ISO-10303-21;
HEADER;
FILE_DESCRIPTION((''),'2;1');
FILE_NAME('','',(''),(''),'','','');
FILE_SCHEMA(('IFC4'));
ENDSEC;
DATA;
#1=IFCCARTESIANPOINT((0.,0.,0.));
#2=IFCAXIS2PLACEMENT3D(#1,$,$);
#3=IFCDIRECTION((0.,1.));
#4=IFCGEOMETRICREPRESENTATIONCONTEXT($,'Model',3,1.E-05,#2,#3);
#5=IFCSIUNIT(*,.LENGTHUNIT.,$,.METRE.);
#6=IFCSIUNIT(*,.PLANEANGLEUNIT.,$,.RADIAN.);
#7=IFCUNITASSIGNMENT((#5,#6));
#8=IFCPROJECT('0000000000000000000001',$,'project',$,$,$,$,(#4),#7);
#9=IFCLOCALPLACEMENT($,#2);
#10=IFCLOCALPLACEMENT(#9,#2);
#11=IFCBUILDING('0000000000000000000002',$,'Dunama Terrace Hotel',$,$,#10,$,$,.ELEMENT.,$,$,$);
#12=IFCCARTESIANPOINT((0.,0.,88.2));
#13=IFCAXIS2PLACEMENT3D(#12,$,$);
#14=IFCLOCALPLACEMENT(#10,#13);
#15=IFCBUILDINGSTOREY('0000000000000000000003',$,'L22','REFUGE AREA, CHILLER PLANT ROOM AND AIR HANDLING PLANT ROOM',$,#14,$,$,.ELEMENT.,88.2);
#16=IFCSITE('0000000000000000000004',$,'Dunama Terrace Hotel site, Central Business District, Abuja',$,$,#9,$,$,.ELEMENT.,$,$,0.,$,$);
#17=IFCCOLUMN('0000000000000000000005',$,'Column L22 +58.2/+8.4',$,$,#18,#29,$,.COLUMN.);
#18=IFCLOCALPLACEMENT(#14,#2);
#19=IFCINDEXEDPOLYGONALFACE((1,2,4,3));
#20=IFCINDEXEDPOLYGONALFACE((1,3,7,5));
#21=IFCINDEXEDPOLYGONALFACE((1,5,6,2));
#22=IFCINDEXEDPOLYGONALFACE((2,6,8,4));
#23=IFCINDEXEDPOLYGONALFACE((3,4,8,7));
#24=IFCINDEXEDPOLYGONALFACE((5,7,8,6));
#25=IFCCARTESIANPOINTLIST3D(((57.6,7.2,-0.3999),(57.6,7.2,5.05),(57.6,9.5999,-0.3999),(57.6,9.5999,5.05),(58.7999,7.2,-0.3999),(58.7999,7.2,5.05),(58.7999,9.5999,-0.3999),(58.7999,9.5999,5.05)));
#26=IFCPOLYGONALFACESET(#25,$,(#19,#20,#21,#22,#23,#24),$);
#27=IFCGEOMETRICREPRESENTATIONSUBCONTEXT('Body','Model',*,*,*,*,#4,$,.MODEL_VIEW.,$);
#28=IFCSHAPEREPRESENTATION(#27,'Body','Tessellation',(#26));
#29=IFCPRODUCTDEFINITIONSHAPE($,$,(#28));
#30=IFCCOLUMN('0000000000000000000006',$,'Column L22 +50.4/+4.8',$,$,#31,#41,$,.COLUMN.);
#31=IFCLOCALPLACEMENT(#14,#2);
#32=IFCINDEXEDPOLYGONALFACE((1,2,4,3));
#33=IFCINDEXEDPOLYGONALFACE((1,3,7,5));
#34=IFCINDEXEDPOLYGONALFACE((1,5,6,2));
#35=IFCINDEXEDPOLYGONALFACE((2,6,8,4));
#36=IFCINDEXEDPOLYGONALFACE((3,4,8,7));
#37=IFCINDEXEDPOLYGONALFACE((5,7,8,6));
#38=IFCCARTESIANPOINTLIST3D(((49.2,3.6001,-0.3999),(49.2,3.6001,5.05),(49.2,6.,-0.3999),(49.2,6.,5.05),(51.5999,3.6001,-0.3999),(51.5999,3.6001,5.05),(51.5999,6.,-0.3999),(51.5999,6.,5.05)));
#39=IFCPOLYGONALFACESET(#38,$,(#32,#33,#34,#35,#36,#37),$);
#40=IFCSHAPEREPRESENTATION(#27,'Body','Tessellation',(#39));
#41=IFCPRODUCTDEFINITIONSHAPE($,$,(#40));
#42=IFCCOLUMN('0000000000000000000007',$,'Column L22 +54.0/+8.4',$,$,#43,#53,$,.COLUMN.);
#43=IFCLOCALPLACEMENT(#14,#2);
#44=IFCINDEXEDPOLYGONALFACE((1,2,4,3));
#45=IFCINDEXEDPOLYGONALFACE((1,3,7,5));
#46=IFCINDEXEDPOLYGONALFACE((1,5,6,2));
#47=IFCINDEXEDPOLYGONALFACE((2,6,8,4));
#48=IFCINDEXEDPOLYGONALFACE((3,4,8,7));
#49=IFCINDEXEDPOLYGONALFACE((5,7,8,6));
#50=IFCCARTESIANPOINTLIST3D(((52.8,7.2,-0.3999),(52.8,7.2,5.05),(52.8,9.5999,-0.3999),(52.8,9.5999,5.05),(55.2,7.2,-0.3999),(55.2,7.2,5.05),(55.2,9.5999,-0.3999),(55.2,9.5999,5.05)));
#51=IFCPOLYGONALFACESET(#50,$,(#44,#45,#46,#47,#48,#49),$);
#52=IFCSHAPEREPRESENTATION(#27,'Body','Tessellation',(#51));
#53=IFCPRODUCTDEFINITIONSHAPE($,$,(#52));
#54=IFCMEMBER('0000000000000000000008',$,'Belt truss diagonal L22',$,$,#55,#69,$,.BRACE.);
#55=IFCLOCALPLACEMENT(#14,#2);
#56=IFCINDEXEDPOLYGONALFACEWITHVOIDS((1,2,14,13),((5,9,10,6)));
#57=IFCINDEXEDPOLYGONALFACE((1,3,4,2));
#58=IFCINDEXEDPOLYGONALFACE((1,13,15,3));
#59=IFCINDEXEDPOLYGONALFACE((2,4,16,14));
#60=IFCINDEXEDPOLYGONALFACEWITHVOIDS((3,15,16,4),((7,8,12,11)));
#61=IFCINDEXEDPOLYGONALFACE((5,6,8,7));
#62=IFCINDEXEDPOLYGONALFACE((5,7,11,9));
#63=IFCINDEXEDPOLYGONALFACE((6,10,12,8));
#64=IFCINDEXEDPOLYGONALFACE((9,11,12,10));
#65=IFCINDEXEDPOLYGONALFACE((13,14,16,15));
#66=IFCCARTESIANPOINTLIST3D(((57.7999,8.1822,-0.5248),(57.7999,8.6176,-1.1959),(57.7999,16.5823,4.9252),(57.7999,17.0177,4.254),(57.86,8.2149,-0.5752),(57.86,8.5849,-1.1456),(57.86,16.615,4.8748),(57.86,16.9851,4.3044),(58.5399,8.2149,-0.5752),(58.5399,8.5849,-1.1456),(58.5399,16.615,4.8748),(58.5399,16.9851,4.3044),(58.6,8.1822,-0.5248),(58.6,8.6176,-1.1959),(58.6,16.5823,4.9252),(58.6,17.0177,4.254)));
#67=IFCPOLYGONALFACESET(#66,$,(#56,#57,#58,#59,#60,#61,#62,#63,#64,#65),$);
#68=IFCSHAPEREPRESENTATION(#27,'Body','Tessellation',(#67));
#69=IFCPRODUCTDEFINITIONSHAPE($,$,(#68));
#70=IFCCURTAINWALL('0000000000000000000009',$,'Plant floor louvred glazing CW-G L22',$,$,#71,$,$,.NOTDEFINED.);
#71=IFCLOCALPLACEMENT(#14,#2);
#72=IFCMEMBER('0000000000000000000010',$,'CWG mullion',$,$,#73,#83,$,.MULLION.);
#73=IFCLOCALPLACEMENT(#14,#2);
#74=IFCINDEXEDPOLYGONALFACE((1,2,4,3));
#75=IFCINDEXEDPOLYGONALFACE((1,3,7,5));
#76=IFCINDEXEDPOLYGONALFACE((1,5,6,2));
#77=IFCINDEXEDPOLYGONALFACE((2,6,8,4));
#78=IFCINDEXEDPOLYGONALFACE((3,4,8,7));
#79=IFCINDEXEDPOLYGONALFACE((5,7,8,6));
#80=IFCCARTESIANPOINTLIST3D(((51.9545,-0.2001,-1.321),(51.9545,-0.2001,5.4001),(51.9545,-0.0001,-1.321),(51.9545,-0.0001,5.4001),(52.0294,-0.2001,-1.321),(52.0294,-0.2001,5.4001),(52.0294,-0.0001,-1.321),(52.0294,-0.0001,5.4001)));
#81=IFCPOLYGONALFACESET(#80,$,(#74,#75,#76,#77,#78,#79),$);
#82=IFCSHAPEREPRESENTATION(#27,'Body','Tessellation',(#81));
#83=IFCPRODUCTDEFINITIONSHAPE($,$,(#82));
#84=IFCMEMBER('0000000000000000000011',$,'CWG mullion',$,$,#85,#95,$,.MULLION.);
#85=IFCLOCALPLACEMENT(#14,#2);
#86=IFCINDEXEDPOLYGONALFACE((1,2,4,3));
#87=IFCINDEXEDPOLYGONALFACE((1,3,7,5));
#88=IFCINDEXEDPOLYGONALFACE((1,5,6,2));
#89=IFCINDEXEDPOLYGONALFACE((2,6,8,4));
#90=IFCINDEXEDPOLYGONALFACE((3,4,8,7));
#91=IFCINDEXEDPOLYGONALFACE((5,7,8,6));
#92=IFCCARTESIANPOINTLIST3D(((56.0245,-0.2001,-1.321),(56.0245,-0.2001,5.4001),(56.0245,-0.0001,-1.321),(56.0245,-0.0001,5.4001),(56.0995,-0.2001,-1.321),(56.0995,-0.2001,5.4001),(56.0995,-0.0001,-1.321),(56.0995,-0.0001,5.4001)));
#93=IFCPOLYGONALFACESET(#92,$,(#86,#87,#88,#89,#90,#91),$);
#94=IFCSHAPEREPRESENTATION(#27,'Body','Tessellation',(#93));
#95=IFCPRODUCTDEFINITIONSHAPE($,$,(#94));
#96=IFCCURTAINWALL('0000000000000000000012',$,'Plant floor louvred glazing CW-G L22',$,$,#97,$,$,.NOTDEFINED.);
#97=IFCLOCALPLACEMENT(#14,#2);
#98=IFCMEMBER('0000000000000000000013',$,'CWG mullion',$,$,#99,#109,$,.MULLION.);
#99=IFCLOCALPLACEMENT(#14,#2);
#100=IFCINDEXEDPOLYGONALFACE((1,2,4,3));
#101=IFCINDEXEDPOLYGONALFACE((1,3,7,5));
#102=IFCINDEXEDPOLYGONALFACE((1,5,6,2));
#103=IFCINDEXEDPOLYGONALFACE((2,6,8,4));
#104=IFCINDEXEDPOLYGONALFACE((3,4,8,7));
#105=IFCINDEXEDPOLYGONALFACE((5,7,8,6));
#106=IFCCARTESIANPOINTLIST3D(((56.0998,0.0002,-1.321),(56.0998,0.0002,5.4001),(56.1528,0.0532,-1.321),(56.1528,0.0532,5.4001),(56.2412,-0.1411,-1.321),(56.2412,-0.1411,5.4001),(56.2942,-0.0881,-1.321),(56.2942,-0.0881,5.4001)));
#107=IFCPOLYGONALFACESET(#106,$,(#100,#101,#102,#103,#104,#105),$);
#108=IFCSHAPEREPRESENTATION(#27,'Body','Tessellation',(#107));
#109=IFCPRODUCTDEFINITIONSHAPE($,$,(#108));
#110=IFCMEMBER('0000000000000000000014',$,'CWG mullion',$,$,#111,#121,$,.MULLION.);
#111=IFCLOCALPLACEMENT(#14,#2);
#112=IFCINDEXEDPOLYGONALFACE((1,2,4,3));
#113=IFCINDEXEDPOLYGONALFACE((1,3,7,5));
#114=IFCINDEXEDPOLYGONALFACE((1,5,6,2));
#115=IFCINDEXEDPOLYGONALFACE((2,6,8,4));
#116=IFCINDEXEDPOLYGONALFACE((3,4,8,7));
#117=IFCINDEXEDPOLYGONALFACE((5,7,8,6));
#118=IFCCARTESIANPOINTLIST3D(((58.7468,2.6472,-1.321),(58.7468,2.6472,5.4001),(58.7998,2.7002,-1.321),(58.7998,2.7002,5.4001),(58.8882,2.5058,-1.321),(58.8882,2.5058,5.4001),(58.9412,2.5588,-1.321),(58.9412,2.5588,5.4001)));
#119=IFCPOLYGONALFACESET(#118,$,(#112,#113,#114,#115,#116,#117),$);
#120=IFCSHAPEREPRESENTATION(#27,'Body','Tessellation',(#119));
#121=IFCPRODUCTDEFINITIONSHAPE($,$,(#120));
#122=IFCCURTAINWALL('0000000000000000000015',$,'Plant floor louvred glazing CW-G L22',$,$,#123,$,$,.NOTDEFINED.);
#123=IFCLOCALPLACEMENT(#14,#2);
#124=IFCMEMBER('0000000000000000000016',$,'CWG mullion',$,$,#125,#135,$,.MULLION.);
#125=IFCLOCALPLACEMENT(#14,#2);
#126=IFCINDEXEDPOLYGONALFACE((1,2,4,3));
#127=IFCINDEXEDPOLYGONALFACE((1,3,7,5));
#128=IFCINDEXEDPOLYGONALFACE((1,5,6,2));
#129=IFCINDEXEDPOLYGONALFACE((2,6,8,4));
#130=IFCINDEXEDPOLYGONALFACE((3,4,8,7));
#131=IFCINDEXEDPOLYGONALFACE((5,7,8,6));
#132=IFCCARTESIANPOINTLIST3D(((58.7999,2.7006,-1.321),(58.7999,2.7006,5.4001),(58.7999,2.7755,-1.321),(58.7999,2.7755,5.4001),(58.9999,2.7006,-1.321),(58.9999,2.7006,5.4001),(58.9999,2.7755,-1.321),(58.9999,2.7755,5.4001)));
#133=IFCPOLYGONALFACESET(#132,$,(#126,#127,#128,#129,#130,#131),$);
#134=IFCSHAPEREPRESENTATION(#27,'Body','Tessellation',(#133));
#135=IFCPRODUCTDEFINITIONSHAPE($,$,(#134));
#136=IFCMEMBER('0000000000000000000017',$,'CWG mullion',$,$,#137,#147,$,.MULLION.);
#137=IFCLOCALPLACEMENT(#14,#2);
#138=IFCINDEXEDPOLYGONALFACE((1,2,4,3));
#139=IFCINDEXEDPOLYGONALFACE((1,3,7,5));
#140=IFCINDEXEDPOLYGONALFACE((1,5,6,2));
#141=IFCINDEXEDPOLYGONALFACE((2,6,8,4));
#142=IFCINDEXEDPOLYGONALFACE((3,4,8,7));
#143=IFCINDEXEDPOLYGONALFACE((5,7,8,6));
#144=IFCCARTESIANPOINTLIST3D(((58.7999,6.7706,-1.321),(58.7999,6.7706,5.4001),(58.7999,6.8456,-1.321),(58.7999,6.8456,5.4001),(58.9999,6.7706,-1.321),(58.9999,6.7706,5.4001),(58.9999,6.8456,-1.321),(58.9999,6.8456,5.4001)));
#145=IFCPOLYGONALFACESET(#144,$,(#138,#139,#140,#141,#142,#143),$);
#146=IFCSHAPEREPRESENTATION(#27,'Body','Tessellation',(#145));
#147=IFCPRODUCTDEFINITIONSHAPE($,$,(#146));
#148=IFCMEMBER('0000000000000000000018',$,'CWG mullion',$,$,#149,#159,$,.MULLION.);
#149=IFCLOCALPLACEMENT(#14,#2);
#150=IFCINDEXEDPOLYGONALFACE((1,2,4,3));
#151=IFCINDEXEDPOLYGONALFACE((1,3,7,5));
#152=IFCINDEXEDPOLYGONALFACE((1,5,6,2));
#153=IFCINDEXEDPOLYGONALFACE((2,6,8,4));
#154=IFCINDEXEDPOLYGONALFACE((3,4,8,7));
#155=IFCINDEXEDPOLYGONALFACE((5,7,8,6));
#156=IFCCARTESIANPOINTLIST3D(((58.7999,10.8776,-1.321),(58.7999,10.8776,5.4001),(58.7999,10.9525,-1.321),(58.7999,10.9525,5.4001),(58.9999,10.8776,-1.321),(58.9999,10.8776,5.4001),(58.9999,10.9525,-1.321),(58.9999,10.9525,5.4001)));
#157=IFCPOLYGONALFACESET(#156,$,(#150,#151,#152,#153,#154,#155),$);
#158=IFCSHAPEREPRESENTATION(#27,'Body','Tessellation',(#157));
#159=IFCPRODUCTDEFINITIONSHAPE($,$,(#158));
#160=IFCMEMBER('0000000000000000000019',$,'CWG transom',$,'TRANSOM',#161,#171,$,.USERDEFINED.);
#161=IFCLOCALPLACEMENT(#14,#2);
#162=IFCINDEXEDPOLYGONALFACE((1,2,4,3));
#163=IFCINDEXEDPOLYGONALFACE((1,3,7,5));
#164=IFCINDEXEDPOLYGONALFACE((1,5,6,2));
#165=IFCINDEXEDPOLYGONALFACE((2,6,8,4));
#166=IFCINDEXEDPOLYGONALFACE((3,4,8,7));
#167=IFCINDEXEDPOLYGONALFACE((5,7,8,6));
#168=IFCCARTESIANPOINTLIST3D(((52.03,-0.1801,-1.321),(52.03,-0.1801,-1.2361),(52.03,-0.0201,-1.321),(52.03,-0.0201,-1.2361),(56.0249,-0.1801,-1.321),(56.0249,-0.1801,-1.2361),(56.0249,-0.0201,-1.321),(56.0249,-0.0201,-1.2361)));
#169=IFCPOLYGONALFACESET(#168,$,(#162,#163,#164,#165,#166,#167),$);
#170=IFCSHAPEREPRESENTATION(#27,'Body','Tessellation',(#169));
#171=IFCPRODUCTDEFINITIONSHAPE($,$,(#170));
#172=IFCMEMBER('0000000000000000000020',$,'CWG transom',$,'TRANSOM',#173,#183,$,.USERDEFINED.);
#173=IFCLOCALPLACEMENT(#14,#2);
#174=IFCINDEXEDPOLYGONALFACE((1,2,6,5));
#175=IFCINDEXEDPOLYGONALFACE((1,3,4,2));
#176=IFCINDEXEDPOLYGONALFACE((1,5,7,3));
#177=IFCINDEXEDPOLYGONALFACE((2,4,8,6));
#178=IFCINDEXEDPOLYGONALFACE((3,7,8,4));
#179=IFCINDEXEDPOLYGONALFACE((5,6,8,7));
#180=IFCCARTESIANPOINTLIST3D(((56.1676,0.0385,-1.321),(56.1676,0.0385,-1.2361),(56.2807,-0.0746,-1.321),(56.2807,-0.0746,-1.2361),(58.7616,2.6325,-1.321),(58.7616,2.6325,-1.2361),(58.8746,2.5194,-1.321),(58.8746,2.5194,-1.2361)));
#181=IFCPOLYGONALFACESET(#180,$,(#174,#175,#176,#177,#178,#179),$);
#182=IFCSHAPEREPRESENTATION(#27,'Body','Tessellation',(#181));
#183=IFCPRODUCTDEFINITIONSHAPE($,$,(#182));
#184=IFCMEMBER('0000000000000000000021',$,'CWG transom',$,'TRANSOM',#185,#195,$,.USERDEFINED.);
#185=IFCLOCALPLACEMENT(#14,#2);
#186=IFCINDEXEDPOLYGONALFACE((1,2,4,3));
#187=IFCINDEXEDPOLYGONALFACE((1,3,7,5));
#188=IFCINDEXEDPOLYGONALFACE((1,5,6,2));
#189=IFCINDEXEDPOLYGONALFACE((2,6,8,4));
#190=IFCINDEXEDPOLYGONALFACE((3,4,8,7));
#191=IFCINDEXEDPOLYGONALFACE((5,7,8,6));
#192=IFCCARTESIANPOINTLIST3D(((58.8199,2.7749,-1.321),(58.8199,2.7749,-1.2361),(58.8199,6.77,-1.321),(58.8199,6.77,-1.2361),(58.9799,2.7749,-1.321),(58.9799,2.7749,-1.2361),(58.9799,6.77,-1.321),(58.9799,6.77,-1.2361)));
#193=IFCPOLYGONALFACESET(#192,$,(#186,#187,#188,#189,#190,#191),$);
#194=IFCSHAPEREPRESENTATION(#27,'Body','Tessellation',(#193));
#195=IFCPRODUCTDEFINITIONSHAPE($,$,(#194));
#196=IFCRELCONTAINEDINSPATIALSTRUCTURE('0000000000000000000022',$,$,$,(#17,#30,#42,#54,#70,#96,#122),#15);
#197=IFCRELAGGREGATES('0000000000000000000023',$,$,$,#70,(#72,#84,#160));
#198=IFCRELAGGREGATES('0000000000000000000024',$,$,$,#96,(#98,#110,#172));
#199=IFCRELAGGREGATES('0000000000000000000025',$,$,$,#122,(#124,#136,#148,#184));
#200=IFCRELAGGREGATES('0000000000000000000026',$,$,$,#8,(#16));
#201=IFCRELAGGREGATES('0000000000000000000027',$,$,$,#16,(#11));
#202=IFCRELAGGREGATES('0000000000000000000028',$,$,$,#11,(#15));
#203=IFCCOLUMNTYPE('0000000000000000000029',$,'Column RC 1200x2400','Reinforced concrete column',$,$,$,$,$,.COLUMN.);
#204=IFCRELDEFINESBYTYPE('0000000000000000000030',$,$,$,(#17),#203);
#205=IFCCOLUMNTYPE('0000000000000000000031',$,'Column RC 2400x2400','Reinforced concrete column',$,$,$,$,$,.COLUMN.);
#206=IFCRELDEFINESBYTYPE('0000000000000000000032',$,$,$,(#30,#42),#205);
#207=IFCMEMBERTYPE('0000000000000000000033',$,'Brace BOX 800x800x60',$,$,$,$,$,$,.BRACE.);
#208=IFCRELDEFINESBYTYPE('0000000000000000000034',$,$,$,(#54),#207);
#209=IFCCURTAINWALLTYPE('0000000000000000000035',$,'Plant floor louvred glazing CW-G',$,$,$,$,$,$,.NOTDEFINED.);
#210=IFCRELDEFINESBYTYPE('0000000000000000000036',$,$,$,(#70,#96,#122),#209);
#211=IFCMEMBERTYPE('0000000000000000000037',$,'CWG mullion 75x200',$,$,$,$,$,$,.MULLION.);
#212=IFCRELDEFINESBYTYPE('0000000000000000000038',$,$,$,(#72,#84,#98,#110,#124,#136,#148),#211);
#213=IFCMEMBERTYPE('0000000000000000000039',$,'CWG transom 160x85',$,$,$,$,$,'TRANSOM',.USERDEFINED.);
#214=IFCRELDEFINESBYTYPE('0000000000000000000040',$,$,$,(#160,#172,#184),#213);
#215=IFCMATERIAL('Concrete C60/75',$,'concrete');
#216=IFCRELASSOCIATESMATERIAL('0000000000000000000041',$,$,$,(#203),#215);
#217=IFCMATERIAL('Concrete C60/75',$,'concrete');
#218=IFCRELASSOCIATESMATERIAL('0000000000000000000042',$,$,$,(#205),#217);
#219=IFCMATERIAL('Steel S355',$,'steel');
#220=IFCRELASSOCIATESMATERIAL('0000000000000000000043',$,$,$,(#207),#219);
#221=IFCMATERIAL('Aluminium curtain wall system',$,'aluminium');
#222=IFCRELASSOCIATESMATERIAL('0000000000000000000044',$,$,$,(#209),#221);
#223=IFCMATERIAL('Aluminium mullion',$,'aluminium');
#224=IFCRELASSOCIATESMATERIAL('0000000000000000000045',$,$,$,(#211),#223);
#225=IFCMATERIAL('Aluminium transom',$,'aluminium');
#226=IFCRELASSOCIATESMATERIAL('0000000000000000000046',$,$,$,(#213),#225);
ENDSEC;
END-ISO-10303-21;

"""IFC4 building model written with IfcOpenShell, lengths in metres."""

from ifc_helpers import new_model, si_unit, direction, frame, origin, origin_2d, place, context, subcontext, project, spatial, rectangle, hollow_rectangle, extrude, material, material_profile, profile_set, type_object, element, aggregate, save


model = new_model("IFC4")

# Units and contexts
model_context = context("Model", 3, precision=1e-05, world=origin(), true_north=direction((0.0, 1.0)))
body_context = subcontext(model_context, "Body", "Model", "MODEL_VIEW")
ifc_project = project(units=[si_unit("LENGTHUNIT", "METRE"), si_unit("PLANEANGLEUNIT", "RADIAN")], contexts=[model_context])

# Site, building, storey
site_placement = place(None, origin())
site = spatial("IfcSite", under=ifc_project, at=site_placement, Name="Dunama Terrace Hotel site, Central Business District, Abuja", CompositionType="ELEMENT", RefElevation=0.0)
building_placement = place(site_placement, origin())
building = spatial("IfcBuilding", under=site, at=building_placement, Name="Dunama Terrace Hotel", CompositionType="ELEMENT")
storey_placement = place(building_placement, frame((0.0, 0.0, 88.2)))
storey = spatial("IfcBuildingStorey", under=building, at=storey_placement, Name="L22", Description="REFUGE AREA, CHILLER PLANT ROOM AND AIR HANDLING PLANT ROOM", CompositionType="ELEMENT", Elevation=88.2)

# Columns
ifc_material_1 = material(Name="Concrete C60/75", Category="concrete")
ifc_material_profile_1 = material_profile(ifc_material_1, rectangle(XDim=1.2, YDim=2.3999, at=origin_2d()), Name="RC 1200x2400")
ifc_profile_set_1 = profile_set([ifc_material_profile_1], Name="Concrete C60/75")
column_type_1 = type_object("IfcColumnType", Name="Column RC 1200x2400", Description="Reinforced concrete column", PredefinedType="COLUMN", material=ifc_profile_set_1)
column_placement = place(storey_placement, frame((58.2, 8.3999, -0.3999), z_axis=(0.0, 0.0, 1.0), x_axis=(1.0, 0.0, 0.0)))
element("IfcColumn", 1, at=column_placement, inside=storey, type_object=column_type_1, Name="Column L22 +58.2/+8.4", PredefinedType="COLUMN", context=body_context, shape_type="SweptSolid", body=[
    extrude(rectangle(XDim=1.2, YDim=2.3999, at=origin_2d()), origin(), (0.0, 0.0, 1.0), 5.45),
])
ifc_material_2 = material(Name="Concrete C60/75", Category="concrete")
ifc_material_profile_2 = material_profile(ifc_material_2, rectangle(XDim=2.3999, YDim=2.3999, at=origin_2d()), Name="RC 2400x2400")
ifc_profile_set_2 = profile_set([ifc_material_profile_2], Name="Concrete C60/75")
column_type_2 = type_object("IfcColumnType", Name="Column RC 2400x2400", Description="Reinforced concrete column", PredefinedType="COLUMN", material=ifc_profile_set_2)
for number, where, z_axis, x_axis, name in (
    (2, (50.3999, 4.8, -0.3999), (0.0, 0.0, 1.0), (1.0, 0.0, 0.0), "Column L22 +50.4/+4.8"),
    (3, (54.0, 8.3999, -0.3999), (0.0, 0.0, 1.0), (1.0, 0.0, 0.0), "Column L22 +54.0/+8.4"),
):
    element("IfcColumn", number, at=place(storey_placement, frame(where, z_axis=z_axis, x_axis=x_axis)), inside=storey, type_object=column_type_2, Name=name, PredefinedType="COLUMN", context=body_context, shape_type="SweptSolid", body=[
        extrude(rectangle(XDim=2.3999, YDim=2.3999, at=origin_2d()), origin(), (0.0, 0.0, 1.0), 5.45),
    ])

# Member
ifc_material_3 = material(Name="Steel S355", Category="steel")
ifc_material_profile_3 = material_profile(ifc_material_3, hollow_rectangle(XDim=0.8, YDim=0.8, WallThickness=0.0601, at=origin_2d()), Name="BOX 800x800x60")
ifc_profile_set_3 = profile_set([ifc_material_profile_3], Name="Steel S355")
member_type_1 = type_object("IfcMemberType", Name="Brace BOX 800x800x60", PredefinedType="BRACE", material=ifc_profile_set_3)
member_1_placement = place(storey_placement, frame((58.2, 8.3999, -0.8604), z_axis=(0.0, 0.838906, 0.544276), x_axis=(-1.0, 0.0, 0.0)))
element("IfcMember", 4, at=member_1_placement, inside=storey, type_object=member_type_1, Name="Belt truss diagonal L22", PredefinedType="BRACE", context=body_context, shape_type="SweptSolid", body=[
    extrude(hollow_rectangle(XDim=0.8, YDim=0.8, WallThickness=0.0601, at=origin_2d()), origin(), (0.0, 0.0, 1.0), 10.0132),
])

# Curtain walls, members
ifc_material_4 = material(Name="Aluminium curtain wall system", Category="aluminium")
curtain_wall_type = type_object("IfcCurtainWallType", Name="Plant floor louvred glazing CW-G", PredefinedType="NOTDEFINED", material=ifc_material_4)
curtain_wall_1_placement = place(storey_placement, origin())
curtain_wall_1 = element("IfcCurtainWall", 5, at=curtain_wall_1_placement, inside=storey, type_object=curtain_wall_type, Name="Plant floor louvred glazing CW-G L22", PredefinedType="NOTDEFINED")
ifc_material_5 = material(Name="Aluminium mullion", Category="aluminium")
ifc_material_profile_4 = material_profile(ifc_material_5, rectangle(XDim=0.075, YDim=0.2, at=origin_2d()), Name="CWG MULLION 75X200")
ifc_profile_set_4 = profile_set([ifc_material_profile_4], Name="Aluminium mullion")
member_type_2 = type_object("IfcMemberType", Name="CWG mullion 75x200", PredefinedType="MULLION", material=ifc_profile_set_4)
member_2_placement = place(storey_placement, frame((51.9919, -0.1001, -1.321), z_axis=(0.0, 0.0, 1.0), x_axis=(1.0, 0.0, 0.0)))
member_2 = element("IfcMember", 6, at=member_2_placement, type_object=member_type_2, Name="CWG mullion", PredefinedType="MULLION", context=body_context, shape_type="SweptSolid", body=[
    extrude(rectangle(XDim=0.075, YDim=0.2, at=origin_2d()), origin(), (0.0, 0.0, 1.0), 6.7212),
])
member_3_placement = place(storey_placement, frame((56.062, -0.1001, -1.321), z_axis=(0.0, 0.0, 1.0), x_axis=(1.0, 0.0, 0.0)))
member_3 = element("IfcMember", 7, at=member_3_placement, type_object=member_type_2, Name="CWG mullion", PredefinedType="MULLION", context=body_context, shape_type="SweptSolid", body=[
    extrude(rectangle(XDim=0.075, YDim=0.2, at=origin_2d()), origin(), (0.0, 0.0, 1.0), 6.7212),
])
curtain_wall_2_placement = place(storey_placement, origin())
curtain_wall_2 = element("IfcCurtainWall", 8, at=curtain_wall_2_placement, inside=storey, type_object=curtain_wall_type, Name="Plant floor louvred glazing CW-G L22", PredefinedType="NOTDEFINED")
member_4_placement = place(storey_placement, frame((56.197, -0.0439, -1.321), z_axis=(0.0, 0.0, 1.0), x_axis=(0.707107, 0.707107, 0.0)))
member_4 = element("IfcMember", 9, at=member_4_placement, type_object=member_type_2, Name="CWG mullion", PredefinedType="MULLION", context=body_context, shape_type="SweptSolid", body=[
    extrude(rectangle(XDim=0.075, YDim=0.2, at=origin_2d()), origin(), (0.0, 0.0, 1.0), 6.7212),
])
member_5_placement = place(storey_placement, frame((58.844, 2.603, -1.321), z_axis=(0.0, 0.0, 1.0), x_axis=(0.707107, 0.707107, 0.0)))
member_5 = element("IfcMember", 10, at=member_5_placement, type_object=member_type_2, Name="CWG mullion", PredefinedType="MULLION", context=body_context, shape_type="SweptSolid", body=[
    extrude(rectangle(XDim=0.075, YDim=0.2, at=origin_2d()), origin(), (0.0, 0.0, 1.0), 6.7212),
])
curtain_wall_3_placement = place(storey_placement, origin())
curtain_wall_3 = element("IfcCurtainWall", 11, at=curtain_wall_3_placement, inside=storey, type_object=curtain_wall_type, Name="Plant floor louvred glazing CW-G L22", PredefinedType="NOTDEFINED")
member_6_placement = place(storey_placement, frame((58.8999, 2.738, -1.321), z_axis=(0.0, 0.0, 1.0), x_axis=(0.0, 1.0, 0.0)))
member_6 = element("IfcMember", 12, at=member_6_placement, type_object=member_type_2, Name="CWG mullion", PredefinedType="MULLION", context=body_context, shape_type="SweptSolid", body=[
    extrude(rectangle(XDim=0.075, YDim=0.2, at=origin_2d()), origin(), (0.0, 0.0, 1.0), 6.7212),
])
member_7_placement = place(storey_placement, frame((58.8999, 6.8081, -1.321), z_axis=(0.0, 0.0, 1.0), x_axis=(0.0, 1.0, 0.0)))
member_7 = element("IfcMember", 13, at=member_7_placement, type_object=member_type_2, Name="CWG mullion", PredefinedType="MULLION", context=body_context, shape_type="SweptSolid", body=[
    extrude(rectangle(XDim=0.075, YDim=0.2, at=origin_2d()), origin(), (0.0, 0.0, 1.0), 6.7212),
])
member_8_placement = place(storey_placement, frame((58.8999, 10.915, -1.321), z_axis=(0.0, 0.0, 1.0), x_axis=(0.0, 1.0, 0.0)))
member_8 = element("IfcMember", 14, at=member_8_placement, type_object=member_type_2, Name="CWG mullion", PredefinedType="MULLION", context=body_context, shape_type="SweptSolid", body=[
    extrude(rectangle(XDim=0.075, YDim=0.2, at=origin_2d()), origin(), (0.0, 0.0, 1.0), 6.7212),
])

# Members
ifc_material_6 = material(Name="Aluminium transom", Category="aluminium")
ifc_material_profile_5 = material_profile(ifc_material_6, rectangle(XDim=0.1599, YDim=0.085, at=origin_2d()), Name="CWG TRANSOM 160X85")
ifc_profile_set_5 = profile_set([ifc_material_profile_5], Name="Aluminium transom")
member_type_3 = type_object("IfcMemberType", Name="CWG transom 160x85", ElementType="TRANSOM", PredefinedType="USERDEFINED", material=ifc_profile_set_5)
member_9_placement = place(storey_placement, frame((52.03, -0.1001, -1.2786), z_axis=(1.0, 0.0, 0.0), x_axis=(0.0, 1.0, 0.0)))
member_9 = element("IfcMember", 15, at=member_9_placement, type_object=member_type_3, Name="CWG transom", ObjectType="TRANSOM", PredefinedType="USERDEFINED", context=body_context, shape_type="SweptSolid", body=[
    extrude(rectangle(XDim=0.1599, YDim=0.085, at=origin_2d()), origin(), (0.0, 0.0, 1.0), 3.9949),
])
member_10_placement = place(storey_placement, frame((56.2241, -0.0181, -1.2786), z_axis=(0.707107, 0.707107, 0.0), x_axis=(-0.707107, 0.707107, 0.0)))
member_10 = element("IfcMember", 16, at=member_10_placement, type_object=member_type_3, Name="CWG transom", ObjectType="TRANSOM", PredefinedType="USERDEFINED", context=body_context, shape_type="SweptSolid", body=[
    extrude(rectangle(XDim=0.1599, YDim=0.085, at=origin_2d()), origin(), (0.0, 0.0, 1.0), 3.6685),
])
member_11_placement = place(storey_placement, frame((58.8999, 2.7749, -1.2786), z_axis=(0.0, 1.0, 0.0), x_axis=(-1.0, 0.0, 0.0)))
member_11 = element("IfcMember", 17, at=member_11_placement, type_object=member_type_3, Name="CWG transom", ObjectType="TRANSOM", PredefinedType="USERDEFINED", context=body_context, shape_type="SweptSolid", body=[
    extrude(rectangle(XDim=0.1599, YDim=0.085, at=origin_2d()), origin(), (0.0, 0.0, 1.0), 3.9951),
])

aggregate(curtain_wall_1, [member_2, member_3, member_9])
aggregate(curtain_wall_2, [member_4, member_5, member_10])
aggregate(curtain_wall_3, [member_6, member_7, member_8, member_11])

save(model, "model.ifc")
